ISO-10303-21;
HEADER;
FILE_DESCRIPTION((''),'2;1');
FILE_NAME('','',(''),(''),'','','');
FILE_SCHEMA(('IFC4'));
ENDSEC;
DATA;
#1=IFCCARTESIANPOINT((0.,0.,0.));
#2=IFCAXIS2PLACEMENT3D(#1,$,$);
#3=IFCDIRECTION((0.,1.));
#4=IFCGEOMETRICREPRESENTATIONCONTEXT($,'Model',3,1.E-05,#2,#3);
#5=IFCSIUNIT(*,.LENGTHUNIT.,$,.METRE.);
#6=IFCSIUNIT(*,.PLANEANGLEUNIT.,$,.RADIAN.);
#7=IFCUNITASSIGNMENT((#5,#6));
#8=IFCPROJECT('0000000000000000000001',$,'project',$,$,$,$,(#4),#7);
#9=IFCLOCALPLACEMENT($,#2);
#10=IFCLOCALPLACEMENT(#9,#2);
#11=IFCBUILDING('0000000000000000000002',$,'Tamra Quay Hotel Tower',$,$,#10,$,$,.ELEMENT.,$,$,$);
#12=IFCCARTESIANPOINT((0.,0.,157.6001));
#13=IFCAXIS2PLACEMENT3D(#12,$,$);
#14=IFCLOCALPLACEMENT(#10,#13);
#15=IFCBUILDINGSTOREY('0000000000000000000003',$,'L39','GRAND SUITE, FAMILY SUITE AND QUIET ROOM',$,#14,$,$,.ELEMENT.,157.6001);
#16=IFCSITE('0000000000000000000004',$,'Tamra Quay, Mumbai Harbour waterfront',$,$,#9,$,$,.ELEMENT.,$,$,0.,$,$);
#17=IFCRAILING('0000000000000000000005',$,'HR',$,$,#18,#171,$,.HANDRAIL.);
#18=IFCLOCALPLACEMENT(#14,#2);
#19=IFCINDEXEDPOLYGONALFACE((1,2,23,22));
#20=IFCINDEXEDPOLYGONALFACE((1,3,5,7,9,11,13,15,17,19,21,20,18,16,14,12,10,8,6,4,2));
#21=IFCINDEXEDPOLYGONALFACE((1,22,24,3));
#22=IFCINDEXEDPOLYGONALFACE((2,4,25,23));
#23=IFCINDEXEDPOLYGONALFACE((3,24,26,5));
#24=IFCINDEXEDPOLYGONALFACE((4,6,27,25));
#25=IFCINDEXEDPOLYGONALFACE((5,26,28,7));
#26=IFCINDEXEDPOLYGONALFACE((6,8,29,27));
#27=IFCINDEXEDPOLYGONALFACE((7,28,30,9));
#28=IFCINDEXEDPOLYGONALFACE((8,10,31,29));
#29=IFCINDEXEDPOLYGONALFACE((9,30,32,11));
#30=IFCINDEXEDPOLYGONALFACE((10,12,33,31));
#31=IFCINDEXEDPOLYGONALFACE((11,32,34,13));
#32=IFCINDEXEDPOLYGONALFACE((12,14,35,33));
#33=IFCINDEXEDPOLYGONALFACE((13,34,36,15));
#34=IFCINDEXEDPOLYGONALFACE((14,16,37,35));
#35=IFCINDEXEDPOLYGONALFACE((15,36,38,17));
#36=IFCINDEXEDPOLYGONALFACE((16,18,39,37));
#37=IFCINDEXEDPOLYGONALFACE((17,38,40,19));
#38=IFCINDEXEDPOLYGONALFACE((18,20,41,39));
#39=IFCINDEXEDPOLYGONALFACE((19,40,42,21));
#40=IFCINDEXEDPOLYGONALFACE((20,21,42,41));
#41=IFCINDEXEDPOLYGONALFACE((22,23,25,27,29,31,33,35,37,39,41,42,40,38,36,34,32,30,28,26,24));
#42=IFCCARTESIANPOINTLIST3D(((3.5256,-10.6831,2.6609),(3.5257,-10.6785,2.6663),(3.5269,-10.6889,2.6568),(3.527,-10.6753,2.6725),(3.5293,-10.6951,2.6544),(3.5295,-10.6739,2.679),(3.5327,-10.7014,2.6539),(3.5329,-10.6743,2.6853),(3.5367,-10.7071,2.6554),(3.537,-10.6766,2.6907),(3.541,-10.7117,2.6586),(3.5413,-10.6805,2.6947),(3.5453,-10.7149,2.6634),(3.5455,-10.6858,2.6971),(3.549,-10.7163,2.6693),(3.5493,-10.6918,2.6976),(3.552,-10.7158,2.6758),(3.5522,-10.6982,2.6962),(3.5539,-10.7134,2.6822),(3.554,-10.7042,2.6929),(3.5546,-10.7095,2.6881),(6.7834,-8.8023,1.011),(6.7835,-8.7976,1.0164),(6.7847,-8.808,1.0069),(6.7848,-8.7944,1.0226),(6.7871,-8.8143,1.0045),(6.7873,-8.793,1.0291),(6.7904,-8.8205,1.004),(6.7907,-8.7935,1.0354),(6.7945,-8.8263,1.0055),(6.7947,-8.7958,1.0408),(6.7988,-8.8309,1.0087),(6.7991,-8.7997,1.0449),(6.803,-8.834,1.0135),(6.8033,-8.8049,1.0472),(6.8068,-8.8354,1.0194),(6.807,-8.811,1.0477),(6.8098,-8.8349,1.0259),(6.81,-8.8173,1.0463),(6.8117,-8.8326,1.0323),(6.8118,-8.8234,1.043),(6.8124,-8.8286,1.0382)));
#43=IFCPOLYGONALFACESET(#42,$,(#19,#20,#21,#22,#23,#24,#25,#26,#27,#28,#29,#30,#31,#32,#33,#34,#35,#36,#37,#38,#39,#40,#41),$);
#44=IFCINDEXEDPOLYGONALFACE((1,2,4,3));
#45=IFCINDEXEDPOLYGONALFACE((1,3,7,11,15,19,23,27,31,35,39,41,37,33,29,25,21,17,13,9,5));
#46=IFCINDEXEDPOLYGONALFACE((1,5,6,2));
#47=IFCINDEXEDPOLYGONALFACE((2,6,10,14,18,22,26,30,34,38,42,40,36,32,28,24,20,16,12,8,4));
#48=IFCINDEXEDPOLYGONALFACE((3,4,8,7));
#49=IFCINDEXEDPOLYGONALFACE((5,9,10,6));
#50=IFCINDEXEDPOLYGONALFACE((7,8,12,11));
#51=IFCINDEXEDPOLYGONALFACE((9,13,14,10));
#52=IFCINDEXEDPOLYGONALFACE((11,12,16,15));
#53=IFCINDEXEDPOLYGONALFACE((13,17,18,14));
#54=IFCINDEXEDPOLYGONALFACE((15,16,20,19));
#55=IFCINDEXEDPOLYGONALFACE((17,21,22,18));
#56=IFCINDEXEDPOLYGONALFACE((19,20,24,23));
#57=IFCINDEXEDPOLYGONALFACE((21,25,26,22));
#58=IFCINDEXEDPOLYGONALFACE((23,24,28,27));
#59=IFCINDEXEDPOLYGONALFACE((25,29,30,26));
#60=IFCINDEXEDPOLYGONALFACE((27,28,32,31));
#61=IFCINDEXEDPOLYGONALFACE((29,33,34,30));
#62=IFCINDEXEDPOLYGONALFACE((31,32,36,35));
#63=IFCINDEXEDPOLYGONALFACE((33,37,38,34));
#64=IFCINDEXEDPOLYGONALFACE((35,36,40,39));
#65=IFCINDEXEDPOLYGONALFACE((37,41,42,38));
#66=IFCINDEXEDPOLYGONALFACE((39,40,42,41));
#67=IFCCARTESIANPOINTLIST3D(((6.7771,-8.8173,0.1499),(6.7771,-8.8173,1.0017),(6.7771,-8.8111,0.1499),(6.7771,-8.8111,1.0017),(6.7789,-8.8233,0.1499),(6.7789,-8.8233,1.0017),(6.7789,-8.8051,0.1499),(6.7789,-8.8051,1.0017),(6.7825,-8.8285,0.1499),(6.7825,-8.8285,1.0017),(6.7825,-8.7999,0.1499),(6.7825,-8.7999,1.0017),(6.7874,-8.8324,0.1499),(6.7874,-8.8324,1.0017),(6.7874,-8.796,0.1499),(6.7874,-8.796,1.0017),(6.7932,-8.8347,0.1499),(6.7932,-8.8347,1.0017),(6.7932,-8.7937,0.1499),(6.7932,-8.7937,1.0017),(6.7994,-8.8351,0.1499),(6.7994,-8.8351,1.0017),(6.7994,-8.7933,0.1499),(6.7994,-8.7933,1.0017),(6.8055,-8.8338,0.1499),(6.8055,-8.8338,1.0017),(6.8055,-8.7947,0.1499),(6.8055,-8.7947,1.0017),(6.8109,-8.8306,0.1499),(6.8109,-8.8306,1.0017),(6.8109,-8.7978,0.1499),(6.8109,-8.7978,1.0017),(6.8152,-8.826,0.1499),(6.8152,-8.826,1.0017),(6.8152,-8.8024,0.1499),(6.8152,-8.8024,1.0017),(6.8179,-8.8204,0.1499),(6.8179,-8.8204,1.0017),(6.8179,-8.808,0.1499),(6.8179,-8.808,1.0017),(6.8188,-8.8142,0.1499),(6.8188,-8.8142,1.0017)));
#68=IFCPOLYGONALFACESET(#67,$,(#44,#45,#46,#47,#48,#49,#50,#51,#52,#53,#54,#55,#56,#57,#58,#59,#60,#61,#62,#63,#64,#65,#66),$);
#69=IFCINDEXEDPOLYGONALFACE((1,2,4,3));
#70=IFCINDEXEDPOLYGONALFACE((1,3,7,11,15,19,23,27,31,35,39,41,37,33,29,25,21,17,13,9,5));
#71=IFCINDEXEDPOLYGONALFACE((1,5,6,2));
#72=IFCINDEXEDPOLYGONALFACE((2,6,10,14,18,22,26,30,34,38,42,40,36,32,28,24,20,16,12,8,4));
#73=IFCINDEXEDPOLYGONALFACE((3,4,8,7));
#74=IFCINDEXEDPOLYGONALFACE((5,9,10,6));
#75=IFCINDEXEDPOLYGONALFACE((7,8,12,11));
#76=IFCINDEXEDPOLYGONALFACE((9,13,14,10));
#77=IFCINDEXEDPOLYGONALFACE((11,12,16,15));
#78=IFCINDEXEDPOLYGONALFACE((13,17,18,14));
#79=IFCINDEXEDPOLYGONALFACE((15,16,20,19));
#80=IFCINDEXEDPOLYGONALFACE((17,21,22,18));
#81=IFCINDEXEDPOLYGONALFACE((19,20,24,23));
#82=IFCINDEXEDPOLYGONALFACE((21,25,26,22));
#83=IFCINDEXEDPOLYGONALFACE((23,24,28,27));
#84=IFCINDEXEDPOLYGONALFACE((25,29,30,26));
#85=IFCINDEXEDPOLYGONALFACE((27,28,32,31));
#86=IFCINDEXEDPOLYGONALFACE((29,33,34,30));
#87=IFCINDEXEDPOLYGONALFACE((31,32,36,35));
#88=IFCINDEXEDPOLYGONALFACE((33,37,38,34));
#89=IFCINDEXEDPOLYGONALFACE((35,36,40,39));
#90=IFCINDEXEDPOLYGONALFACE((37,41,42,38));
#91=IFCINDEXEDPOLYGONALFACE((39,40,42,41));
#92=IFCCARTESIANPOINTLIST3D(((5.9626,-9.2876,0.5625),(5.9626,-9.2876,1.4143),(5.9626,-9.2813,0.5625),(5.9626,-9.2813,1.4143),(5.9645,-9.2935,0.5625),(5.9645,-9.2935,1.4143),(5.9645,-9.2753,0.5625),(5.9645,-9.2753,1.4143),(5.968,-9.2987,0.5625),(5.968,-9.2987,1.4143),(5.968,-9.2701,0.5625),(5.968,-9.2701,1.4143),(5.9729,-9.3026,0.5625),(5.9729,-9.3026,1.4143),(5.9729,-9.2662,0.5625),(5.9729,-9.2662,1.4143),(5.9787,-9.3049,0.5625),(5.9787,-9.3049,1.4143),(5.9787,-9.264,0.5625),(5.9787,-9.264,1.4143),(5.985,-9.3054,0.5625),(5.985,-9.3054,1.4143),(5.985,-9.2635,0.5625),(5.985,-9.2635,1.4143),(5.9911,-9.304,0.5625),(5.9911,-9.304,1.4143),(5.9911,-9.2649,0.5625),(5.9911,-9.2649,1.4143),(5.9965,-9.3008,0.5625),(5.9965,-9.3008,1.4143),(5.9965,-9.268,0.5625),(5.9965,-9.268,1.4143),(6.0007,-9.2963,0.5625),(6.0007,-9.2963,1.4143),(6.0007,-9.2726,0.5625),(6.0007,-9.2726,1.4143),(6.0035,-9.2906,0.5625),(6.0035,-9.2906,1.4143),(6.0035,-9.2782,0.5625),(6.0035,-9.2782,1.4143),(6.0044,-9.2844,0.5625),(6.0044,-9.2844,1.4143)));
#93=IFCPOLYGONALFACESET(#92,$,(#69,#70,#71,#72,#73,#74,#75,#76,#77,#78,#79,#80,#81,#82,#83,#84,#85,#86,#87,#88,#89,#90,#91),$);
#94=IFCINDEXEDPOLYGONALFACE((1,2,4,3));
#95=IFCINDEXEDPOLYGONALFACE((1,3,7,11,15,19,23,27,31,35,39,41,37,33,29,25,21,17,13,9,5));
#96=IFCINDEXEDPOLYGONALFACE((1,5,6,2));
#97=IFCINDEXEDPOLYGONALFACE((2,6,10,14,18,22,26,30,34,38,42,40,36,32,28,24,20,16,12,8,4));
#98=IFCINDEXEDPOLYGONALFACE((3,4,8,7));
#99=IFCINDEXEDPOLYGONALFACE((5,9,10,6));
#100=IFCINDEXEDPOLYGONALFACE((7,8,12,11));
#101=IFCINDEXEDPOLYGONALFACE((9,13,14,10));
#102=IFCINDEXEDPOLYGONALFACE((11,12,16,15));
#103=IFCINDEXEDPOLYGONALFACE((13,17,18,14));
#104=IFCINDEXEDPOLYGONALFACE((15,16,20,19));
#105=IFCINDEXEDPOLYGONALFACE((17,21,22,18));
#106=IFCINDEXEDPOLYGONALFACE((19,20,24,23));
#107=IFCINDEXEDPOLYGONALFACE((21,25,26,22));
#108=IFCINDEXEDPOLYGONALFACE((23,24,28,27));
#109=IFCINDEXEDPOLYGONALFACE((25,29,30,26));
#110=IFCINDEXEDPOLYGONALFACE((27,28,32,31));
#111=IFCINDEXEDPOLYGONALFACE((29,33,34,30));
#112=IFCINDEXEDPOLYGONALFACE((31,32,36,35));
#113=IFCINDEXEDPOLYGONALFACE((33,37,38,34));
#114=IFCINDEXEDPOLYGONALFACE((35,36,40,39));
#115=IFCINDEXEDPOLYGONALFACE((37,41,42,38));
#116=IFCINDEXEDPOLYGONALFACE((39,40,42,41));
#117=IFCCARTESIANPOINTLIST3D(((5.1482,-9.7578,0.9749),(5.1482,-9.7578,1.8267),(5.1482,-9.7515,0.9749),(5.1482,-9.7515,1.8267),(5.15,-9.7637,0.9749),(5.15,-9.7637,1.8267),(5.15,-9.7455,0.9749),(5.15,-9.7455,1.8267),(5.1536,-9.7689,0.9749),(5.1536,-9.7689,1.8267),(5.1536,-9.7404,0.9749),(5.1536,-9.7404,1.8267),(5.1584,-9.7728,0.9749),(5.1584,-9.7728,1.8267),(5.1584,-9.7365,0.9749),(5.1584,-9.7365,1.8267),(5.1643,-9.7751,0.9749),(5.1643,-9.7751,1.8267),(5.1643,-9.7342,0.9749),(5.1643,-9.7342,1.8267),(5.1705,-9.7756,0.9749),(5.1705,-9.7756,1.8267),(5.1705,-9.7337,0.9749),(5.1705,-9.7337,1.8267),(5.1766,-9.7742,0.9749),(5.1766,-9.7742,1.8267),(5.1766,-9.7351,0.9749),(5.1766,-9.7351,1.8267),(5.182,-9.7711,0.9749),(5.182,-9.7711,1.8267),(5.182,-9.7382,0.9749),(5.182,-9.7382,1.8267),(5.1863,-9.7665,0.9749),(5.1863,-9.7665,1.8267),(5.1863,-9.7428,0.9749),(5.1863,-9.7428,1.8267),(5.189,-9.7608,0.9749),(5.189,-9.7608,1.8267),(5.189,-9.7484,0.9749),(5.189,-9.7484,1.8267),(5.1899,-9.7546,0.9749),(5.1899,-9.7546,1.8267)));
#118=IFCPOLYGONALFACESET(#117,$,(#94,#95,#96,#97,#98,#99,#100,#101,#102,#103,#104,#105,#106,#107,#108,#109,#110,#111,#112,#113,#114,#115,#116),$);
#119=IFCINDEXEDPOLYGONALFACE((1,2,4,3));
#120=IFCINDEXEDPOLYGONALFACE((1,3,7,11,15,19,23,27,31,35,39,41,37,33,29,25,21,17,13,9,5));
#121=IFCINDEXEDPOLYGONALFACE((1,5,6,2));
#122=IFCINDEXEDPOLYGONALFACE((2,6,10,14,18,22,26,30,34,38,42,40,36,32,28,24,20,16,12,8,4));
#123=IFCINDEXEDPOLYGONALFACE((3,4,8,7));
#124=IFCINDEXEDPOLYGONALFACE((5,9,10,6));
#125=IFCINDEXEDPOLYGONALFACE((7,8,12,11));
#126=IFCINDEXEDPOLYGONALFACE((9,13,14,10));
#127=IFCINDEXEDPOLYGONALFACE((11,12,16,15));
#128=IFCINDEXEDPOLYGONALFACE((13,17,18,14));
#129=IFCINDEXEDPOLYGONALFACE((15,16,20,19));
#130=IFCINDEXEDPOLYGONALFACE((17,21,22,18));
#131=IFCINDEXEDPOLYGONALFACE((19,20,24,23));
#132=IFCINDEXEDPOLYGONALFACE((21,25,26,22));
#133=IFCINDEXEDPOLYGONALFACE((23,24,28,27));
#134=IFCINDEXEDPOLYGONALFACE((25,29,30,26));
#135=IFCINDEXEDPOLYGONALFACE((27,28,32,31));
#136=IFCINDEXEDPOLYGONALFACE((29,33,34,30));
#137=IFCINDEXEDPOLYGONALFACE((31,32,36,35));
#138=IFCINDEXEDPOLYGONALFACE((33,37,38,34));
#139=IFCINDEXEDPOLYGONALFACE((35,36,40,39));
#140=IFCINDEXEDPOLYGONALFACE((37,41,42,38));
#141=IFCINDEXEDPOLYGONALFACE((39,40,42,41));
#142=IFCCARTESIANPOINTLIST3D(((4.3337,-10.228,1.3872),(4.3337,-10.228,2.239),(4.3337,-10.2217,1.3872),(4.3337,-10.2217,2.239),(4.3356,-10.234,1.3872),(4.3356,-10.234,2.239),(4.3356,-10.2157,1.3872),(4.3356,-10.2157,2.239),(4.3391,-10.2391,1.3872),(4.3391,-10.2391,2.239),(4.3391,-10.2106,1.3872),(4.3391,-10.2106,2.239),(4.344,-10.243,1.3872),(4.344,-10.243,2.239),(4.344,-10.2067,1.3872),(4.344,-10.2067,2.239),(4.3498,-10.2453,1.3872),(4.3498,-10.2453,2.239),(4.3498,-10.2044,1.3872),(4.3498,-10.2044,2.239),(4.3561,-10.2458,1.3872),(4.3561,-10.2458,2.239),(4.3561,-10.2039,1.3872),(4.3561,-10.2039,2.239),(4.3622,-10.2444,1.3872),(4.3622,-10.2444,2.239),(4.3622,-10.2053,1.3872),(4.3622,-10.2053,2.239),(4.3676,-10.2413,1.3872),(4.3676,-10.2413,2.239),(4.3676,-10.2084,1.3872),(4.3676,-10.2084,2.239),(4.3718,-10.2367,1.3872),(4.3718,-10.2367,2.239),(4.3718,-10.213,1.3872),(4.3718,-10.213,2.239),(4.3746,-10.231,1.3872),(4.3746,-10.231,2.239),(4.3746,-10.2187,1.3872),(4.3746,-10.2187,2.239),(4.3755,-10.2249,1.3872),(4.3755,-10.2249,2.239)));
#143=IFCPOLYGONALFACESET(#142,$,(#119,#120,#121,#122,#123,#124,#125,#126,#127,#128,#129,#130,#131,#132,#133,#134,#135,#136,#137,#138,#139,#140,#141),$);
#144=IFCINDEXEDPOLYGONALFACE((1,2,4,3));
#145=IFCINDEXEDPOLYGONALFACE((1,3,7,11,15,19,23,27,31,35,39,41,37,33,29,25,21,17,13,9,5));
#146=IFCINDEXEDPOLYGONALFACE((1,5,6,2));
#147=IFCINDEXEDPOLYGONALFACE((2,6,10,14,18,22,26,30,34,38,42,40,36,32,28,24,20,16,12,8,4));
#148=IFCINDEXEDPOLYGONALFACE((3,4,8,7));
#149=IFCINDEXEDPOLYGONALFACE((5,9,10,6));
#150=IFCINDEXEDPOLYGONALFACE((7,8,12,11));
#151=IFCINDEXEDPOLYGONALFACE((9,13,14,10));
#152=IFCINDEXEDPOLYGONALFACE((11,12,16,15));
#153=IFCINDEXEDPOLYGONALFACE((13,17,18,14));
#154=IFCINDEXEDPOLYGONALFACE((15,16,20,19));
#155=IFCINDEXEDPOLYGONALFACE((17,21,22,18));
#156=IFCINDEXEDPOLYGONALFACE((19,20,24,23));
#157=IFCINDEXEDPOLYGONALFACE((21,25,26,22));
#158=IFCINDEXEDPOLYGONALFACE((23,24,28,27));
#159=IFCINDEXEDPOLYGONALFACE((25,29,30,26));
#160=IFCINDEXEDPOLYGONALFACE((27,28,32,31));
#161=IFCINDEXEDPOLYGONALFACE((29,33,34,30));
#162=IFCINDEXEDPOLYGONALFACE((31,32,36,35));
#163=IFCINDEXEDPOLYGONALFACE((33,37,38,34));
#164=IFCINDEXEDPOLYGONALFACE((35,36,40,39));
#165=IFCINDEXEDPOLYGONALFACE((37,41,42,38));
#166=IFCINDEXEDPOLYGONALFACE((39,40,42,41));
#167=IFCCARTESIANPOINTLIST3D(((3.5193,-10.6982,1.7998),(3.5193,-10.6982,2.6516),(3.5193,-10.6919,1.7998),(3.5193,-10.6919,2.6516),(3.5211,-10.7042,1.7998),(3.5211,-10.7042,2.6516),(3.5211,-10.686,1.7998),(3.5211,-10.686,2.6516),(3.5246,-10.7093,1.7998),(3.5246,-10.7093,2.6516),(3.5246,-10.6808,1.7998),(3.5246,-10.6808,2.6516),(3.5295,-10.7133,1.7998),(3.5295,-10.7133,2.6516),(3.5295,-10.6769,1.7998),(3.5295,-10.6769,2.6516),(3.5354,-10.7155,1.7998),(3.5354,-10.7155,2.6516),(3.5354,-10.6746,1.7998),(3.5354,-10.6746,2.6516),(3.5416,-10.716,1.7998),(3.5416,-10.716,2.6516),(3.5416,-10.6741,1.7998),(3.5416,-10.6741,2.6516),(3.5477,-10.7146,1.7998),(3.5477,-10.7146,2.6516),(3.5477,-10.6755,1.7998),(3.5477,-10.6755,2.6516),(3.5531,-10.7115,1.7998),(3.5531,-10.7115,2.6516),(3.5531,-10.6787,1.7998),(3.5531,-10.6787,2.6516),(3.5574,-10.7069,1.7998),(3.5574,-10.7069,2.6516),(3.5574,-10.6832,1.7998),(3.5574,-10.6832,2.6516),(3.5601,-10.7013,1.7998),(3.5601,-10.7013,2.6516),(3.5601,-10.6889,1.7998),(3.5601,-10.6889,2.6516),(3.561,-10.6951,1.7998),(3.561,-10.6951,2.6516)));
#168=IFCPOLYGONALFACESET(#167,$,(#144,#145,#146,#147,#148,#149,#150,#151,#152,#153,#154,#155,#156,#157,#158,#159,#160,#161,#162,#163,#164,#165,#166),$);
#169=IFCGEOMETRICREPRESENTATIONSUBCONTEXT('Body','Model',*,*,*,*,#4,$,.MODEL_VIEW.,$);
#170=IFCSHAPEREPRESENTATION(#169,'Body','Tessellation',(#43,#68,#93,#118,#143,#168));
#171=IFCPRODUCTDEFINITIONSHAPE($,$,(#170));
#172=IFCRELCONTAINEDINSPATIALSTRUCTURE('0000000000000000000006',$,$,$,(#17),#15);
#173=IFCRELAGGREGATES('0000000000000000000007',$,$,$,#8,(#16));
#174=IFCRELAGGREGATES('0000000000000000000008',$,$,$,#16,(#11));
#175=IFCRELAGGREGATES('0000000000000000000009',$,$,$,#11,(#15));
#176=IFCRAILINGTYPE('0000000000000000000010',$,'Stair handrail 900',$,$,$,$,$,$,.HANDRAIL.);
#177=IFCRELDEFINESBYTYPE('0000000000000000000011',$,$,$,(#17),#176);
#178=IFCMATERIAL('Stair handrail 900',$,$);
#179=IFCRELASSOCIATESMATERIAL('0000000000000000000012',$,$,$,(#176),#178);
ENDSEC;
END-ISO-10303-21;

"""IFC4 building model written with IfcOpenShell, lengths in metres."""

from ifc_helpers import new_model, si_unit, direction, frame, origin, origin_2d, place, context, subcontext, project, spatial, circle, extrude, material, type_object, element, save


model = new_model("IFC4")

# Units and contexts
model_context = context("Model", 3, precision=1e-05, world=origin(), true_north=direction((0.0, 1.0)))
body_context = subcontext(model_context, "Body", "Model", "MODEL_VIEW")
ifc_project = project(units=[si_unit("LENGTHUNIT", "METRE"), si_unit("PLANEANGLEUNIT", "RADIAN")], contexts=[model_context])

# Site, building, storey
site_placement = place(None, origin())
site = spatial("IfcSite", under=ifc_project, at=site_placement, Name="Tamra Quay, Mumbai Harbour waterfront", CompositionType="ELEMENT", RefElevation=0.0)
building_placement = place(site_placement, origin())
building = spatial("IfcBuilding", under=site, at=building_placement, Name="Tamra Quay Hotel Tower", CompositionType="ELEMENT")
storey_placement = place(building_placement, frame((0.0, 0.0, 157.6001)))
storey = spatial("IfcBuildingStorey", under=building, at=storey_placement, Name="L39", Description="GRAND SUITE, FAMILY SUITE AND QUIET ROOM", CompositionType="ELEMENT", Elevation=157.6001)

# Railing
ifc_material_1 = material(Name="Stair handrail 900")
railing_type_1 = type_object("IfcRailingType", Name="Stair handrail 900", PredefinedType="HANDRAIL", material=ifc_material_1)
railing_1_placement = place(storey_placement, frame((6.7979, -8.8142, 0.1499)))
element("IfcRailing", 1, at=railing_1_placement, inside=storey, type_object=railing_type_1, Name="HR", PredefinedType="HANDRAIL", context=body_context, shape_type="SweptSolid", body=[
    extrude(circle(Radius=0.0239, at=origin_2d()), frame((0.0, 0.0, 0.876), z_axis=(-0.7931, -0.457887, 0.401661), x_axis=(0.499992, -0.86603, 0.0)), (0.0, 0.0, 1.0), 4.1077),
    extrude(circle(Radius=0.021, at=origin_2d()), origin(), (0.0, 0.0, 1.0), 0.8518),
    extrude(circle(Radius=0.021, at=origin_2d()), frame((-0.8145, -0.4702, 0.4126)), (0.0, 0.0, 1.0), 0.8518),
    extrude(circle(Radius=0.021, at=origin_2d()), frame((-1.6289, -0.9404, 0.825)), (0.0, 0.0, 1.0), 0.8518),
    extrude(circle(Radius=0.021, at=origin_2d()), frame((-2.4434, -1.4106, 1.2373)), (0.0, 0.0, 1.0), 0.8518),
    extrude(circle(Radius=0.021, at=origin_2d()), frame((-3.2578, -1.8809, 1.6499)), (0.0, 0.0, 1.0), 0.8518),
])

save(model, "model.ifc")
